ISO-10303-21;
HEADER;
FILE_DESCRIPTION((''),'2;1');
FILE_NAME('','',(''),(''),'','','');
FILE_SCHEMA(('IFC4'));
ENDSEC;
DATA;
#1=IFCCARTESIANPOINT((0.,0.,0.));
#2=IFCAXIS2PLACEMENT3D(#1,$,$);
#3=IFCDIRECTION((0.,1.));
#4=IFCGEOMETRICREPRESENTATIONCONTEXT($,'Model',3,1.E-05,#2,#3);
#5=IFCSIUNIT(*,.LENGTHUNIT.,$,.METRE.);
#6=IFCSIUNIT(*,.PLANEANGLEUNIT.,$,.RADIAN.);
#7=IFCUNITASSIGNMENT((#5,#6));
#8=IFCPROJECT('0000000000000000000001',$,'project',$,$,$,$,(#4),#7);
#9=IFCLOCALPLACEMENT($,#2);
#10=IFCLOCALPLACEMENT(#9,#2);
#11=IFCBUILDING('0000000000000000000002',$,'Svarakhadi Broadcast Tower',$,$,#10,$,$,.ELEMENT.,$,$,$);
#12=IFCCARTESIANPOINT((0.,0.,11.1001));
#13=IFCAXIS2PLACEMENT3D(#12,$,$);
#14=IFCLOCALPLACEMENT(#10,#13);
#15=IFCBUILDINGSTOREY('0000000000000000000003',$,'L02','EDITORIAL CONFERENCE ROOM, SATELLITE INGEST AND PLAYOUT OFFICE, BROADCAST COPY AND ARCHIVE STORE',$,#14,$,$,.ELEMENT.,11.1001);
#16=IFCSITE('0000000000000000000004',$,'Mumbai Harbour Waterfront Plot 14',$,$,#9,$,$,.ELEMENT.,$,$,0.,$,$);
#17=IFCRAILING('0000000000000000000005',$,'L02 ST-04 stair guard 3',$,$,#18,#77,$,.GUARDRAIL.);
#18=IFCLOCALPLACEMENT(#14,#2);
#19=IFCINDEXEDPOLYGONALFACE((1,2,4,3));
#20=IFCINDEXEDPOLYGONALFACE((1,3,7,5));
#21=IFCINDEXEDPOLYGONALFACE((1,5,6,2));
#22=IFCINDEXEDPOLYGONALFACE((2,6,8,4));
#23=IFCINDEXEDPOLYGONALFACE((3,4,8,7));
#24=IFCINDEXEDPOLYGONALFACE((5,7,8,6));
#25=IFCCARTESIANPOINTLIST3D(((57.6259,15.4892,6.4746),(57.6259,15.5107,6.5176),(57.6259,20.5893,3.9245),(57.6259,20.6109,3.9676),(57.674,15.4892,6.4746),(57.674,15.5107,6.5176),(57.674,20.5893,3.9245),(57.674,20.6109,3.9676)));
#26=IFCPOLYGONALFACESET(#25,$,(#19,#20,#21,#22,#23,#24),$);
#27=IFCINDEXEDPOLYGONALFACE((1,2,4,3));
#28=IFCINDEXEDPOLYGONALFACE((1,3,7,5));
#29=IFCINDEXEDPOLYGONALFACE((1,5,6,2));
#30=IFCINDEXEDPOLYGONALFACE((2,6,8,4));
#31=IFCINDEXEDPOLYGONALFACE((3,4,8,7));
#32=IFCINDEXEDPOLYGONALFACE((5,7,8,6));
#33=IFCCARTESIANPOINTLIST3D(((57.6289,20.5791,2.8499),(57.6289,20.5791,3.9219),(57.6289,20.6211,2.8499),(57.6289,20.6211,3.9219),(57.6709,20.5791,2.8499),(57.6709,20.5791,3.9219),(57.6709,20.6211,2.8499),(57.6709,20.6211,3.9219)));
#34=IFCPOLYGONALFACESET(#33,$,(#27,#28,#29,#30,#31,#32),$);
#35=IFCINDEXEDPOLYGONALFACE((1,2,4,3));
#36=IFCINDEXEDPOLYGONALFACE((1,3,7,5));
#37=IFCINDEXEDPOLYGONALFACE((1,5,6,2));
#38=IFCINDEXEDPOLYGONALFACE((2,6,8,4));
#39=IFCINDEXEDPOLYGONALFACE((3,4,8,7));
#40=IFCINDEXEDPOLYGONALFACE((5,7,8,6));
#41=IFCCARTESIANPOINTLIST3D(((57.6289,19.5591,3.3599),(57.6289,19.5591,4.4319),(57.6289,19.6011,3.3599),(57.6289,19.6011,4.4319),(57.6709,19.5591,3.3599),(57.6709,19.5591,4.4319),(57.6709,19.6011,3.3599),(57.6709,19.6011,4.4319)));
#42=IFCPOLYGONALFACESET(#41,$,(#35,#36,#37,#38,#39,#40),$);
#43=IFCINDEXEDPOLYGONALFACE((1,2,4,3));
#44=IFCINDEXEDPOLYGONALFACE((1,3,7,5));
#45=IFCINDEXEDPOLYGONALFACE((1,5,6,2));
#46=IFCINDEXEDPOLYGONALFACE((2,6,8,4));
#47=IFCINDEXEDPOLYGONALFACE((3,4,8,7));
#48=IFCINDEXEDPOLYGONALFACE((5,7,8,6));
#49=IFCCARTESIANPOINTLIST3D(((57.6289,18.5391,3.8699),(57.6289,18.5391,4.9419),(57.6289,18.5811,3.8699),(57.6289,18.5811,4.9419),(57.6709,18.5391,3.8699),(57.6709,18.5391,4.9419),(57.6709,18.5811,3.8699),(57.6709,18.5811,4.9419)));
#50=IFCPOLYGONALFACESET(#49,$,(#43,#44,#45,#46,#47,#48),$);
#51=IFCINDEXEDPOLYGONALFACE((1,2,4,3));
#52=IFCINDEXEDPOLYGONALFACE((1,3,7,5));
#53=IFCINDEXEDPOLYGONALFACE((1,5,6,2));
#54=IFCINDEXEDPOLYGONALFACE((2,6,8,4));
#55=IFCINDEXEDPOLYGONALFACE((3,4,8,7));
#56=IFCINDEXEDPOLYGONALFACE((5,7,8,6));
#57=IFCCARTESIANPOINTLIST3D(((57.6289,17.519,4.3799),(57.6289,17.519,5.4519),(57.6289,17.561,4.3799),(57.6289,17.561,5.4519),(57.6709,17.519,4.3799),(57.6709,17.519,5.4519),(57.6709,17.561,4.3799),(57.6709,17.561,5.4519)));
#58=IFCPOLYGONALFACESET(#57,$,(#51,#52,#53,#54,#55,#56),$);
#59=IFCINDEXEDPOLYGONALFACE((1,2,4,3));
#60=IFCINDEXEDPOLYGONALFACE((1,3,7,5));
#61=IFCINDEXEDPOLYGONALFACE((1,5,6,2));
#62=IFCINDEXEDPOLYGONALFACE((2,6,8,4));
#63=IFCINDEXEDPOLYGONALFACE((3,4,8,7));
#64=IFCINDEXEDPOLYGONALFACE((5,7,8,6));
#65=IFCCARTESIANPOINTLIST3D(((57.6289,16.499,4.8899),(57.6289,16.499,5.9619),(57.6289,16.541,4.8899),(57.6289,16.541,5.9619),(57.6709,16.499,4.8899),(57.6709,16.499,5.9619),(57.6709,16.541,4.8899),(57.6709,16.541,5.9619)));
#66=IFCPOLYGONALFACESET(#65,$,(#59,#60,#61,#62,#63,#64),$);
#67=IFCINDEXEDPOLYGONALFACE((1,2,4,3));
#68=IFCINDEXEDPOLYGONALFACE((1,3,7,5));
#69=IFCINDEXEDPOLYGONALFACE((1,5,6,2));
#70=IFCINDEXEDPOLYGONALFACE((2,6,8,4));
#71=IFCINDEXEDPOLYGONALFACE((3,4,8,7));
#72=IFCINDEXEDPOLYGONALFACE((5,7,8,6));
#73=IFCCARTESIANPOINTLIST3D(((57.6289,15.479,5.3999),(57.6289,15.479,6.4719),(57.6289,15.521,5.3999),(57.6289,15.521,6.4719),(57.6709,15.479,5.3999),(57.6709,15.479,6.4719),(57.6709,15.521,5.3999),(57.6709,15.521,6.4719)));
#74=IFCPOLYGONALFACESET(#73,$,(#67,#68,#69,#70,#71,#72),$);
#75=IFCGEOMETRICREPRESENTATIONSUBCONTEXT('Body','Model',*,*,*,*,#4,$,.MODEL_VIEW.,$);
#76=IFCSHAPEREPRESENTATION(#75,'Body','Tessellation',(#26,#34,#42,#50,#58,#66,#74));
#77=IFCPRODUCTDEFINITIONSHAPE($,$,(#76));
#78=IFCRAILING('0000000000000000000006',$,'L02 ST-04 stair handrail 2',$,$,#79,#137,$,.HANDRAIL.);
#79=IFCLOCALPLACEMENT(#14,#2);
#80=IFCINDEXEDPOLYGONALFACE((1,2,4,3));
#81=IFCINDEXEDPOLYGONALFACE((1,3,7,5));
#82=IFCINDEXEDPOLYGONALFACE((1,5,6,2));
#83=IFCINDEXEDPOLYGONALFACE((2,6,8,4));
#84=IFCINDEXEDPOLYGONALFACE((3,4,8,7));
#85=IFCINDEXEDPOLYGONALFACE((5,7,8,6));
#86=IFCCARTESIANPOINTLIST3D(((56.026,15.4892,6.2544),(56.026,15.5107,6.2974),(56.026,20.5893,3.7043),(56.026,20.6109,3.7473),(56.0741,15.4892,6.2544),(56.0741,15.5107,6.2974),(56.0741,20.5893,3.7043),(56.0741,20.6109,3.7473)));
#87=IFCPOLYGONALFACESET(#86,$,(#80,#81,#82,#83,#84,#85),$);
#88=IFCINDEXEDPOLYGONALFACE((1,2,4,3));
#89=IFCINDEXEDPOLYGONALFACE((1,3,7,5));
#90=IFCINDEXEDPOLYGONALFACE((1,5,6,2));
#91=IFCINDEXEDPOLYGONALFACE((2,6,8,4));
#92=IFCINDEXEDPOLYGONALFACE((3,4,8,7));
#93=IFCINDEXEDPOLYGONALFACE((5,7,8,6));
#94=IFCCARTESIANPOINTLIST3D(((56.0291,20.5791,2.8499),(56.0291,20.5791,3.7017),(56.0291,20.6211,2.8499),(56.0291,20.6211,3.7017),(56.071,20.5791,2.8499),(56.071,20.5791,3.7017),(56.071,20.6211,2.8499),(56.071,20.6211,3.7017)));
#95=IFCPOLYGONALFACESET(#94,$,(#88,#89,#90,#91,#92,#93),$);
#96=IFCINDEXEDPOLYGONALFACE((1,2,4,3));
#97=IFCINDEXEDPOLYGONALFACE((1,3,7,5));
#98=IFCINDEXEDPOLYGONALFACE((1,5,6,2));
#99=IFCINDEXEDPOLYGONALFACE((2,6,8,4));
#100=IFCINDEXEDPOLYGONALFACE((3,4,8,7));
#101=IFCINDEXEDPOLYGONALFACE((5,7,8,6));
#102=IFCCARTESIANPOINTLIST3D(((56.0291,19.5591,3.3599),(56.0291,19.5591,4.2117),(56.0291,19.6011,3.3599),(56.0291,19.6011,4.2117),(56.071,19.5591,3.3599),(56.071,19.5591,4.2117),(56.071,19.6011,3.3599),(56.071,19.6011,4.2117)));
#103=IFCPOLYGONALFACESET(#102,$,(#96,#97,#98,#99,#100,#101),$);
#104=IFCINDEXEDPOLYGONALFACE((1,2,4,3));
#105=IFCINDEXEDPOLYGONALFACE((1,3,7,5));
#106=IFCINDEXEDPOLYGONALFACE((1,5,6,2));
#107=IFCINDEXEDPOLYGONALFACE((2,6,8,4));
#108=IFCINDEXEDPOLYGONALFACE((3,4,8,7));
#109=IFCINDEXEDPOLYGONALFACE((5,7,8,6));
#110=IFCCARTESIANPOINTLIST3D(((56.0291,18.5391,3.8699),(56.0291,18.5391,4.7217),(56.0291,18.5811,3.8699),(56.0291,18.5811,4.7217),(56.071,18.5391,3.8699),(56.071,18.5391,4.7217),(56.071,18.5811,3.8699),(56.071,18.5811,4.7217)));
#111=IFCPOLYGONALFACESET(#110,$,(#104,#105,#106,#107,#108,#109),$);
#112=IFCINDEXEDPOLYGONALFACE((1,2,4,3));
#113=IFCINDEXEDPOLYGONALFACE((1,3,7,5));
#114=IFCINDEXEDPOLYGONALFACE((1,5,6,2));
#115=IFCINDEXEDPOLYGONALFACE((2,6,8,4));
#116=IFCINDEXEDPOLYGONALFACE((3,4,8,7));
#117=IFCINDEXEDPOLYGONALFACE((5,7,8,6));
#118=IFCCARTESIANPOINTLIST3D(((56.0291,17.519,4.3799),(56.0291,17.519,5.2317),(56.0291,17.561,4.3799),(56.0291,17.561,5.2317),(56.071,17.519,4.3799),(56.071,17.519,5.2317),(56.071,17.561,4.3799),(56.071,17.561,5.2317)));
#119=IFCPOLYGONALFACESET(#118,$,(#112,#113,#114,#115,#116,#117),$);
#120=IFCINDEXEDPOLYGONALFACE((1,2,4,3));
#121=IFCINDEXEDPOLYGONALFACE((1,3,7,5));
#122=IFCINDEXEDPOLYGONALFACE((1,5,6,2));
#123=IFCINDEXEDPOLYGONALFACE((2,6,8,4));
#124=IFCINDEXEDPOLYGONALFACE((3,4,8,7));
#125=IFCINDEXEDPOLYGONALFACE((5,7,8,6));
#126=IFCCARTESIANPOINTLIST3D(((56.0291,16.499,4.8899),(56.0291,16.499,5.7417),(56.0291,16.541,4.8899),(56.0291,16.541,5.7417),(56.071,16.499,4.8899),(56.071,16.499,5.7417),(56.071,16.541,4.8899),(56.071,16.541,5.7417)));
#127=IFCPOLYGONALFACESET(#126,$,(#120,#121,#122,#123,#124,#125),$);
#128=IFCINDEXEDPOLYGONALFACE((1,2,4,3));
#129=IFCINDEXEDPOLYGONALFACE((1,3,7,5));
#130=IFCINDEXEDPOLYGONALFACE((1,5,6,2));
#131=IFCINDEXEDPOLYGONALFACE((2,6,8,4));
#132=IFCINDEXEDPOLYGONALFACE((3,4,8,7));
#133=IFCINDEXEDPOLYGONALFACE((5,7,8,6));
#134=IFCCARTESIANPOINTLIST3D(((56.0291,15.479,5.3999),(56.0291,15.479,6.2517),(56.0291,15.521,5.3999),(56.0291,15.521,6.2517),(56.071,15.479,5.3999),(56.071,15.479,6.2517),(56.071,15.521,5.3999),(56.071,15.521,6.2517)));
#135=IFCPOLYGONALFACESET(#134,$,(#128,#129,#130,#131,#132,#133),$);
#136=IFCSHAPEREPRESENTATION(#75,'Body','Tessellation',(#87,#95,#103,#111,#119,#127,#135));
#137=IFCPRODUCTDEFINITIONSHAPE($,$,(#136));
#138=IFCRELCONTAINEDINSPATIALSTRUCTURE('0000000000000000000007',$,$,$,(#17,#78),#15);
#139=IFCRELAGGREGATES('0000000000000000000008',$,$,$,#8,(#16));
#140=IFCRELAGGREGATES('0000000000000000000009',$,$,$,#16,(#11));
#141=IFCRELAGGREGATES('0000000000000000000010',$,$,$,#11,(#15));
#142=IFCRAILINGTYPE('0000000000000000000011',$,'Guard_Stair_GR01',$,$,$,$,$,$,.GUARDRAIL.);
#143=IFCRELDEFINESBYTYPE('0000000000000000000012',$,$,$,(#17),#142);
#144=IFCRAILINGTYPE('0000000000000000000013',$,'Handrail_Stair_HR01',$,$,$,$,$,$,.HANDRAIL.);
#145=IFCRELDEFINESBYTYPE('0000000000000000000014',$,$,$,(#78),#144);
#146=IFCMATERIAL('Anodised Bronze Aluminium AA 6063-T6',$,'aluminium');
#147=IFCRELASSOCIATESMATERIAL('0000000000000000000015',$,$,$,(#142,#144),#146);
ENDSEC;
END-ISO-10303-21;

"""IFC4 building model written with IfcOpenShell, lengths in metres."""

from ifc_helpers import new_model, si_unit, direction, frame, origin, origin_2d, place, context, subcontext, project, spatial, rectangle, extrude, material, type_object, element, save


model = new_model("IFC4")

# Units and contexts
model_context = context("Model", 3, precision=1e-05, world=origin(), true_north=direction((0.0, 1.0)))
body_context = subcontext(model_context, "Body", "Model", "MODEL_VIEW")
ifc_project = project(units=[si_unit("LENGTHUNIT", "METRE"), si_unit("PLANEANGLEUNIT", "RADIAN")], contexts=[model_context])

# Site, building, storey
site_placement = place(None, origin())
site = spatial("IfcSite", under=ifc_project, at=site_placement, Name="Mumbai Harbour Waterfront Plot 14", CompositionType="ELEMENT", RefElevation=0.0)
building_placement = place(site_placement, origin())
building = spatial("IfcBuilding", under=site, at=building_placement, Name="Svarakhadi Broadcast Tower", CompositionType="ELEMENT")
storey_placement = place(building_placement, frame((0.0, 0.0, 11.1001)))
storey = spatial("IfcBuildingStorey", under=building, at=storey_placement, Name="L02", Description="EDITORIAL CONFERENCE ROOM, SATELLITE INGEST AND PLAYOUT OFFICE, BROADCAST COPY AND ARCHIVE STORE", CompositionType="ELEMENT", Elevation=11.1001)

# Shared definitions
ifc_material_1 = material(Name="Anodised Bronze Aluminium AA 6063-T6", Category="aluminium")

# Railings
railing_type_1 = type_object("IfcRailingType", Name="Guard_Stair_GR01", PredefinedType="GUARDRAIL", material=ifc_material_1)
railing_1_placement = place(storey_placement, frame((57.6499, 20.6001, 2.8499)))
element("IfcRailing", 1, at=railing_1_placement, inside=storey, type_object=railing_type_1, Name="L02 ST-04 stair guard 3", PredefinedType="GUARDRAIL", context=body_context, shape_type="SweptSolid", body=[
    extrude(rectangle(XDim=0.0481, YDim=0.0481, at=origin_2d()), frame((0.0, 0.0, 1.0962), z_axis=(0.0, -0.894427, 0.447214), x_axis=(1.0, 0.0, 0.0)), (0.0, 0.0, 1.0), 5.7021),
    extrude(rectangle(XDim=0.042, YDim=0.042, at=origin_2d()), origin(), (0.0, 0.0, 1.0), 1.072),
    extrude(rectangle(XDim=0.042, YDim=0.042, at=origin_2d()), frame((0.0, -1.02, 0.51)), (0.0, 0.0, 1.0), 1.072),
    extrude(rectangle(XDim=0.042, YDim=0.042, at=origin_2d()), frame((0.0, -2.04, 1.02)), (0.0, 0.0, 1.0), 1.072),
    extrude(rectangle(XDim=0.042, YDim=0.042, at=origin_2d()), frame((0.0, -3.0601, 1.53)), (0.0, 0.0, 1.0), 1.072),
    extrude(rectangle(XDim=0.042, YDim=0.042, at=origin_2d()), frame((0.0, -4.0801, 2.04)), (0.0, 0.0, 1.0), 1.072),
    extrude(rectangle(XDim=0.042, YDim=0.042, at=origin_2d()), frame((0.0, -5.1001, 2.55)), (0.0, 0.0, 1.0), 1.072),
])
railing_type_2 = type_object("IfcRailingType", Name="Handrail_Stair_HR01", PredefinedType="HANDRAIL", material=ifc_material_1)
railing_2_placement = place(storey_placement, frame((56.05, 20.6001, 2.8499)))
element("IfcRailing", 2, at=railing_2_placement, inside=storey, type_object=railing_type_2, Name="L02 ST-04 stair handrail 2", PredefinedType="HANDRAIL", context=body_context, shape_type="SweptSolid", body=[
    extrude(rectangle(XDim=0.0481, YDim=0.0481, at=origin_2d()), frame((0.0, 0.0, 0.876), z_axis=(0.0, -0.894427, 0.447214), x_axis=(1.0, 0.0, 0.0)), (0.0, 0.0, 1.0), 5.7021),
    extrude(rectangle(XDim=0.042, YDim=0.042, at=origin_2d()), origin(), (0.0, 0.0, 1.0), 0.8518),
    extrude(rectangle(XDim=0.042, YDim=0.042, at=origin_2d()), frame((0.0, -1.02, 0.51)), (0.0, 0.0, 1.0), 0.8518),
    extrude(rectangle(XDim=0.042, YDim=0.042, at=origin_2d()), frame((0.0, -2.04, 1.02)), (0.0, 0.0, 1.0), 0.8518),
    extrude(rectangle(XDim=0.042, YDim=0.042, at=origin_2d()), frame((0.0, -3.0601, 1.53)), (0.0, 0.0, 1.0), 0.8518),
    extrude(rectangle(XDim=0.042, YDim=0.042, at=origin_2d()), frame((0.0, -4.0801, 2.04)), (0.0, 0.0, 1.0), 0.8518),
    extrude(rectangle(XDim=0.042, YDim=0.042, at=origin_2d()), frame((0.0, -5.1001, 2.55)), (0.0, 0.0, 1.0), 0.8518),
])

save(model, "model.ifc")
